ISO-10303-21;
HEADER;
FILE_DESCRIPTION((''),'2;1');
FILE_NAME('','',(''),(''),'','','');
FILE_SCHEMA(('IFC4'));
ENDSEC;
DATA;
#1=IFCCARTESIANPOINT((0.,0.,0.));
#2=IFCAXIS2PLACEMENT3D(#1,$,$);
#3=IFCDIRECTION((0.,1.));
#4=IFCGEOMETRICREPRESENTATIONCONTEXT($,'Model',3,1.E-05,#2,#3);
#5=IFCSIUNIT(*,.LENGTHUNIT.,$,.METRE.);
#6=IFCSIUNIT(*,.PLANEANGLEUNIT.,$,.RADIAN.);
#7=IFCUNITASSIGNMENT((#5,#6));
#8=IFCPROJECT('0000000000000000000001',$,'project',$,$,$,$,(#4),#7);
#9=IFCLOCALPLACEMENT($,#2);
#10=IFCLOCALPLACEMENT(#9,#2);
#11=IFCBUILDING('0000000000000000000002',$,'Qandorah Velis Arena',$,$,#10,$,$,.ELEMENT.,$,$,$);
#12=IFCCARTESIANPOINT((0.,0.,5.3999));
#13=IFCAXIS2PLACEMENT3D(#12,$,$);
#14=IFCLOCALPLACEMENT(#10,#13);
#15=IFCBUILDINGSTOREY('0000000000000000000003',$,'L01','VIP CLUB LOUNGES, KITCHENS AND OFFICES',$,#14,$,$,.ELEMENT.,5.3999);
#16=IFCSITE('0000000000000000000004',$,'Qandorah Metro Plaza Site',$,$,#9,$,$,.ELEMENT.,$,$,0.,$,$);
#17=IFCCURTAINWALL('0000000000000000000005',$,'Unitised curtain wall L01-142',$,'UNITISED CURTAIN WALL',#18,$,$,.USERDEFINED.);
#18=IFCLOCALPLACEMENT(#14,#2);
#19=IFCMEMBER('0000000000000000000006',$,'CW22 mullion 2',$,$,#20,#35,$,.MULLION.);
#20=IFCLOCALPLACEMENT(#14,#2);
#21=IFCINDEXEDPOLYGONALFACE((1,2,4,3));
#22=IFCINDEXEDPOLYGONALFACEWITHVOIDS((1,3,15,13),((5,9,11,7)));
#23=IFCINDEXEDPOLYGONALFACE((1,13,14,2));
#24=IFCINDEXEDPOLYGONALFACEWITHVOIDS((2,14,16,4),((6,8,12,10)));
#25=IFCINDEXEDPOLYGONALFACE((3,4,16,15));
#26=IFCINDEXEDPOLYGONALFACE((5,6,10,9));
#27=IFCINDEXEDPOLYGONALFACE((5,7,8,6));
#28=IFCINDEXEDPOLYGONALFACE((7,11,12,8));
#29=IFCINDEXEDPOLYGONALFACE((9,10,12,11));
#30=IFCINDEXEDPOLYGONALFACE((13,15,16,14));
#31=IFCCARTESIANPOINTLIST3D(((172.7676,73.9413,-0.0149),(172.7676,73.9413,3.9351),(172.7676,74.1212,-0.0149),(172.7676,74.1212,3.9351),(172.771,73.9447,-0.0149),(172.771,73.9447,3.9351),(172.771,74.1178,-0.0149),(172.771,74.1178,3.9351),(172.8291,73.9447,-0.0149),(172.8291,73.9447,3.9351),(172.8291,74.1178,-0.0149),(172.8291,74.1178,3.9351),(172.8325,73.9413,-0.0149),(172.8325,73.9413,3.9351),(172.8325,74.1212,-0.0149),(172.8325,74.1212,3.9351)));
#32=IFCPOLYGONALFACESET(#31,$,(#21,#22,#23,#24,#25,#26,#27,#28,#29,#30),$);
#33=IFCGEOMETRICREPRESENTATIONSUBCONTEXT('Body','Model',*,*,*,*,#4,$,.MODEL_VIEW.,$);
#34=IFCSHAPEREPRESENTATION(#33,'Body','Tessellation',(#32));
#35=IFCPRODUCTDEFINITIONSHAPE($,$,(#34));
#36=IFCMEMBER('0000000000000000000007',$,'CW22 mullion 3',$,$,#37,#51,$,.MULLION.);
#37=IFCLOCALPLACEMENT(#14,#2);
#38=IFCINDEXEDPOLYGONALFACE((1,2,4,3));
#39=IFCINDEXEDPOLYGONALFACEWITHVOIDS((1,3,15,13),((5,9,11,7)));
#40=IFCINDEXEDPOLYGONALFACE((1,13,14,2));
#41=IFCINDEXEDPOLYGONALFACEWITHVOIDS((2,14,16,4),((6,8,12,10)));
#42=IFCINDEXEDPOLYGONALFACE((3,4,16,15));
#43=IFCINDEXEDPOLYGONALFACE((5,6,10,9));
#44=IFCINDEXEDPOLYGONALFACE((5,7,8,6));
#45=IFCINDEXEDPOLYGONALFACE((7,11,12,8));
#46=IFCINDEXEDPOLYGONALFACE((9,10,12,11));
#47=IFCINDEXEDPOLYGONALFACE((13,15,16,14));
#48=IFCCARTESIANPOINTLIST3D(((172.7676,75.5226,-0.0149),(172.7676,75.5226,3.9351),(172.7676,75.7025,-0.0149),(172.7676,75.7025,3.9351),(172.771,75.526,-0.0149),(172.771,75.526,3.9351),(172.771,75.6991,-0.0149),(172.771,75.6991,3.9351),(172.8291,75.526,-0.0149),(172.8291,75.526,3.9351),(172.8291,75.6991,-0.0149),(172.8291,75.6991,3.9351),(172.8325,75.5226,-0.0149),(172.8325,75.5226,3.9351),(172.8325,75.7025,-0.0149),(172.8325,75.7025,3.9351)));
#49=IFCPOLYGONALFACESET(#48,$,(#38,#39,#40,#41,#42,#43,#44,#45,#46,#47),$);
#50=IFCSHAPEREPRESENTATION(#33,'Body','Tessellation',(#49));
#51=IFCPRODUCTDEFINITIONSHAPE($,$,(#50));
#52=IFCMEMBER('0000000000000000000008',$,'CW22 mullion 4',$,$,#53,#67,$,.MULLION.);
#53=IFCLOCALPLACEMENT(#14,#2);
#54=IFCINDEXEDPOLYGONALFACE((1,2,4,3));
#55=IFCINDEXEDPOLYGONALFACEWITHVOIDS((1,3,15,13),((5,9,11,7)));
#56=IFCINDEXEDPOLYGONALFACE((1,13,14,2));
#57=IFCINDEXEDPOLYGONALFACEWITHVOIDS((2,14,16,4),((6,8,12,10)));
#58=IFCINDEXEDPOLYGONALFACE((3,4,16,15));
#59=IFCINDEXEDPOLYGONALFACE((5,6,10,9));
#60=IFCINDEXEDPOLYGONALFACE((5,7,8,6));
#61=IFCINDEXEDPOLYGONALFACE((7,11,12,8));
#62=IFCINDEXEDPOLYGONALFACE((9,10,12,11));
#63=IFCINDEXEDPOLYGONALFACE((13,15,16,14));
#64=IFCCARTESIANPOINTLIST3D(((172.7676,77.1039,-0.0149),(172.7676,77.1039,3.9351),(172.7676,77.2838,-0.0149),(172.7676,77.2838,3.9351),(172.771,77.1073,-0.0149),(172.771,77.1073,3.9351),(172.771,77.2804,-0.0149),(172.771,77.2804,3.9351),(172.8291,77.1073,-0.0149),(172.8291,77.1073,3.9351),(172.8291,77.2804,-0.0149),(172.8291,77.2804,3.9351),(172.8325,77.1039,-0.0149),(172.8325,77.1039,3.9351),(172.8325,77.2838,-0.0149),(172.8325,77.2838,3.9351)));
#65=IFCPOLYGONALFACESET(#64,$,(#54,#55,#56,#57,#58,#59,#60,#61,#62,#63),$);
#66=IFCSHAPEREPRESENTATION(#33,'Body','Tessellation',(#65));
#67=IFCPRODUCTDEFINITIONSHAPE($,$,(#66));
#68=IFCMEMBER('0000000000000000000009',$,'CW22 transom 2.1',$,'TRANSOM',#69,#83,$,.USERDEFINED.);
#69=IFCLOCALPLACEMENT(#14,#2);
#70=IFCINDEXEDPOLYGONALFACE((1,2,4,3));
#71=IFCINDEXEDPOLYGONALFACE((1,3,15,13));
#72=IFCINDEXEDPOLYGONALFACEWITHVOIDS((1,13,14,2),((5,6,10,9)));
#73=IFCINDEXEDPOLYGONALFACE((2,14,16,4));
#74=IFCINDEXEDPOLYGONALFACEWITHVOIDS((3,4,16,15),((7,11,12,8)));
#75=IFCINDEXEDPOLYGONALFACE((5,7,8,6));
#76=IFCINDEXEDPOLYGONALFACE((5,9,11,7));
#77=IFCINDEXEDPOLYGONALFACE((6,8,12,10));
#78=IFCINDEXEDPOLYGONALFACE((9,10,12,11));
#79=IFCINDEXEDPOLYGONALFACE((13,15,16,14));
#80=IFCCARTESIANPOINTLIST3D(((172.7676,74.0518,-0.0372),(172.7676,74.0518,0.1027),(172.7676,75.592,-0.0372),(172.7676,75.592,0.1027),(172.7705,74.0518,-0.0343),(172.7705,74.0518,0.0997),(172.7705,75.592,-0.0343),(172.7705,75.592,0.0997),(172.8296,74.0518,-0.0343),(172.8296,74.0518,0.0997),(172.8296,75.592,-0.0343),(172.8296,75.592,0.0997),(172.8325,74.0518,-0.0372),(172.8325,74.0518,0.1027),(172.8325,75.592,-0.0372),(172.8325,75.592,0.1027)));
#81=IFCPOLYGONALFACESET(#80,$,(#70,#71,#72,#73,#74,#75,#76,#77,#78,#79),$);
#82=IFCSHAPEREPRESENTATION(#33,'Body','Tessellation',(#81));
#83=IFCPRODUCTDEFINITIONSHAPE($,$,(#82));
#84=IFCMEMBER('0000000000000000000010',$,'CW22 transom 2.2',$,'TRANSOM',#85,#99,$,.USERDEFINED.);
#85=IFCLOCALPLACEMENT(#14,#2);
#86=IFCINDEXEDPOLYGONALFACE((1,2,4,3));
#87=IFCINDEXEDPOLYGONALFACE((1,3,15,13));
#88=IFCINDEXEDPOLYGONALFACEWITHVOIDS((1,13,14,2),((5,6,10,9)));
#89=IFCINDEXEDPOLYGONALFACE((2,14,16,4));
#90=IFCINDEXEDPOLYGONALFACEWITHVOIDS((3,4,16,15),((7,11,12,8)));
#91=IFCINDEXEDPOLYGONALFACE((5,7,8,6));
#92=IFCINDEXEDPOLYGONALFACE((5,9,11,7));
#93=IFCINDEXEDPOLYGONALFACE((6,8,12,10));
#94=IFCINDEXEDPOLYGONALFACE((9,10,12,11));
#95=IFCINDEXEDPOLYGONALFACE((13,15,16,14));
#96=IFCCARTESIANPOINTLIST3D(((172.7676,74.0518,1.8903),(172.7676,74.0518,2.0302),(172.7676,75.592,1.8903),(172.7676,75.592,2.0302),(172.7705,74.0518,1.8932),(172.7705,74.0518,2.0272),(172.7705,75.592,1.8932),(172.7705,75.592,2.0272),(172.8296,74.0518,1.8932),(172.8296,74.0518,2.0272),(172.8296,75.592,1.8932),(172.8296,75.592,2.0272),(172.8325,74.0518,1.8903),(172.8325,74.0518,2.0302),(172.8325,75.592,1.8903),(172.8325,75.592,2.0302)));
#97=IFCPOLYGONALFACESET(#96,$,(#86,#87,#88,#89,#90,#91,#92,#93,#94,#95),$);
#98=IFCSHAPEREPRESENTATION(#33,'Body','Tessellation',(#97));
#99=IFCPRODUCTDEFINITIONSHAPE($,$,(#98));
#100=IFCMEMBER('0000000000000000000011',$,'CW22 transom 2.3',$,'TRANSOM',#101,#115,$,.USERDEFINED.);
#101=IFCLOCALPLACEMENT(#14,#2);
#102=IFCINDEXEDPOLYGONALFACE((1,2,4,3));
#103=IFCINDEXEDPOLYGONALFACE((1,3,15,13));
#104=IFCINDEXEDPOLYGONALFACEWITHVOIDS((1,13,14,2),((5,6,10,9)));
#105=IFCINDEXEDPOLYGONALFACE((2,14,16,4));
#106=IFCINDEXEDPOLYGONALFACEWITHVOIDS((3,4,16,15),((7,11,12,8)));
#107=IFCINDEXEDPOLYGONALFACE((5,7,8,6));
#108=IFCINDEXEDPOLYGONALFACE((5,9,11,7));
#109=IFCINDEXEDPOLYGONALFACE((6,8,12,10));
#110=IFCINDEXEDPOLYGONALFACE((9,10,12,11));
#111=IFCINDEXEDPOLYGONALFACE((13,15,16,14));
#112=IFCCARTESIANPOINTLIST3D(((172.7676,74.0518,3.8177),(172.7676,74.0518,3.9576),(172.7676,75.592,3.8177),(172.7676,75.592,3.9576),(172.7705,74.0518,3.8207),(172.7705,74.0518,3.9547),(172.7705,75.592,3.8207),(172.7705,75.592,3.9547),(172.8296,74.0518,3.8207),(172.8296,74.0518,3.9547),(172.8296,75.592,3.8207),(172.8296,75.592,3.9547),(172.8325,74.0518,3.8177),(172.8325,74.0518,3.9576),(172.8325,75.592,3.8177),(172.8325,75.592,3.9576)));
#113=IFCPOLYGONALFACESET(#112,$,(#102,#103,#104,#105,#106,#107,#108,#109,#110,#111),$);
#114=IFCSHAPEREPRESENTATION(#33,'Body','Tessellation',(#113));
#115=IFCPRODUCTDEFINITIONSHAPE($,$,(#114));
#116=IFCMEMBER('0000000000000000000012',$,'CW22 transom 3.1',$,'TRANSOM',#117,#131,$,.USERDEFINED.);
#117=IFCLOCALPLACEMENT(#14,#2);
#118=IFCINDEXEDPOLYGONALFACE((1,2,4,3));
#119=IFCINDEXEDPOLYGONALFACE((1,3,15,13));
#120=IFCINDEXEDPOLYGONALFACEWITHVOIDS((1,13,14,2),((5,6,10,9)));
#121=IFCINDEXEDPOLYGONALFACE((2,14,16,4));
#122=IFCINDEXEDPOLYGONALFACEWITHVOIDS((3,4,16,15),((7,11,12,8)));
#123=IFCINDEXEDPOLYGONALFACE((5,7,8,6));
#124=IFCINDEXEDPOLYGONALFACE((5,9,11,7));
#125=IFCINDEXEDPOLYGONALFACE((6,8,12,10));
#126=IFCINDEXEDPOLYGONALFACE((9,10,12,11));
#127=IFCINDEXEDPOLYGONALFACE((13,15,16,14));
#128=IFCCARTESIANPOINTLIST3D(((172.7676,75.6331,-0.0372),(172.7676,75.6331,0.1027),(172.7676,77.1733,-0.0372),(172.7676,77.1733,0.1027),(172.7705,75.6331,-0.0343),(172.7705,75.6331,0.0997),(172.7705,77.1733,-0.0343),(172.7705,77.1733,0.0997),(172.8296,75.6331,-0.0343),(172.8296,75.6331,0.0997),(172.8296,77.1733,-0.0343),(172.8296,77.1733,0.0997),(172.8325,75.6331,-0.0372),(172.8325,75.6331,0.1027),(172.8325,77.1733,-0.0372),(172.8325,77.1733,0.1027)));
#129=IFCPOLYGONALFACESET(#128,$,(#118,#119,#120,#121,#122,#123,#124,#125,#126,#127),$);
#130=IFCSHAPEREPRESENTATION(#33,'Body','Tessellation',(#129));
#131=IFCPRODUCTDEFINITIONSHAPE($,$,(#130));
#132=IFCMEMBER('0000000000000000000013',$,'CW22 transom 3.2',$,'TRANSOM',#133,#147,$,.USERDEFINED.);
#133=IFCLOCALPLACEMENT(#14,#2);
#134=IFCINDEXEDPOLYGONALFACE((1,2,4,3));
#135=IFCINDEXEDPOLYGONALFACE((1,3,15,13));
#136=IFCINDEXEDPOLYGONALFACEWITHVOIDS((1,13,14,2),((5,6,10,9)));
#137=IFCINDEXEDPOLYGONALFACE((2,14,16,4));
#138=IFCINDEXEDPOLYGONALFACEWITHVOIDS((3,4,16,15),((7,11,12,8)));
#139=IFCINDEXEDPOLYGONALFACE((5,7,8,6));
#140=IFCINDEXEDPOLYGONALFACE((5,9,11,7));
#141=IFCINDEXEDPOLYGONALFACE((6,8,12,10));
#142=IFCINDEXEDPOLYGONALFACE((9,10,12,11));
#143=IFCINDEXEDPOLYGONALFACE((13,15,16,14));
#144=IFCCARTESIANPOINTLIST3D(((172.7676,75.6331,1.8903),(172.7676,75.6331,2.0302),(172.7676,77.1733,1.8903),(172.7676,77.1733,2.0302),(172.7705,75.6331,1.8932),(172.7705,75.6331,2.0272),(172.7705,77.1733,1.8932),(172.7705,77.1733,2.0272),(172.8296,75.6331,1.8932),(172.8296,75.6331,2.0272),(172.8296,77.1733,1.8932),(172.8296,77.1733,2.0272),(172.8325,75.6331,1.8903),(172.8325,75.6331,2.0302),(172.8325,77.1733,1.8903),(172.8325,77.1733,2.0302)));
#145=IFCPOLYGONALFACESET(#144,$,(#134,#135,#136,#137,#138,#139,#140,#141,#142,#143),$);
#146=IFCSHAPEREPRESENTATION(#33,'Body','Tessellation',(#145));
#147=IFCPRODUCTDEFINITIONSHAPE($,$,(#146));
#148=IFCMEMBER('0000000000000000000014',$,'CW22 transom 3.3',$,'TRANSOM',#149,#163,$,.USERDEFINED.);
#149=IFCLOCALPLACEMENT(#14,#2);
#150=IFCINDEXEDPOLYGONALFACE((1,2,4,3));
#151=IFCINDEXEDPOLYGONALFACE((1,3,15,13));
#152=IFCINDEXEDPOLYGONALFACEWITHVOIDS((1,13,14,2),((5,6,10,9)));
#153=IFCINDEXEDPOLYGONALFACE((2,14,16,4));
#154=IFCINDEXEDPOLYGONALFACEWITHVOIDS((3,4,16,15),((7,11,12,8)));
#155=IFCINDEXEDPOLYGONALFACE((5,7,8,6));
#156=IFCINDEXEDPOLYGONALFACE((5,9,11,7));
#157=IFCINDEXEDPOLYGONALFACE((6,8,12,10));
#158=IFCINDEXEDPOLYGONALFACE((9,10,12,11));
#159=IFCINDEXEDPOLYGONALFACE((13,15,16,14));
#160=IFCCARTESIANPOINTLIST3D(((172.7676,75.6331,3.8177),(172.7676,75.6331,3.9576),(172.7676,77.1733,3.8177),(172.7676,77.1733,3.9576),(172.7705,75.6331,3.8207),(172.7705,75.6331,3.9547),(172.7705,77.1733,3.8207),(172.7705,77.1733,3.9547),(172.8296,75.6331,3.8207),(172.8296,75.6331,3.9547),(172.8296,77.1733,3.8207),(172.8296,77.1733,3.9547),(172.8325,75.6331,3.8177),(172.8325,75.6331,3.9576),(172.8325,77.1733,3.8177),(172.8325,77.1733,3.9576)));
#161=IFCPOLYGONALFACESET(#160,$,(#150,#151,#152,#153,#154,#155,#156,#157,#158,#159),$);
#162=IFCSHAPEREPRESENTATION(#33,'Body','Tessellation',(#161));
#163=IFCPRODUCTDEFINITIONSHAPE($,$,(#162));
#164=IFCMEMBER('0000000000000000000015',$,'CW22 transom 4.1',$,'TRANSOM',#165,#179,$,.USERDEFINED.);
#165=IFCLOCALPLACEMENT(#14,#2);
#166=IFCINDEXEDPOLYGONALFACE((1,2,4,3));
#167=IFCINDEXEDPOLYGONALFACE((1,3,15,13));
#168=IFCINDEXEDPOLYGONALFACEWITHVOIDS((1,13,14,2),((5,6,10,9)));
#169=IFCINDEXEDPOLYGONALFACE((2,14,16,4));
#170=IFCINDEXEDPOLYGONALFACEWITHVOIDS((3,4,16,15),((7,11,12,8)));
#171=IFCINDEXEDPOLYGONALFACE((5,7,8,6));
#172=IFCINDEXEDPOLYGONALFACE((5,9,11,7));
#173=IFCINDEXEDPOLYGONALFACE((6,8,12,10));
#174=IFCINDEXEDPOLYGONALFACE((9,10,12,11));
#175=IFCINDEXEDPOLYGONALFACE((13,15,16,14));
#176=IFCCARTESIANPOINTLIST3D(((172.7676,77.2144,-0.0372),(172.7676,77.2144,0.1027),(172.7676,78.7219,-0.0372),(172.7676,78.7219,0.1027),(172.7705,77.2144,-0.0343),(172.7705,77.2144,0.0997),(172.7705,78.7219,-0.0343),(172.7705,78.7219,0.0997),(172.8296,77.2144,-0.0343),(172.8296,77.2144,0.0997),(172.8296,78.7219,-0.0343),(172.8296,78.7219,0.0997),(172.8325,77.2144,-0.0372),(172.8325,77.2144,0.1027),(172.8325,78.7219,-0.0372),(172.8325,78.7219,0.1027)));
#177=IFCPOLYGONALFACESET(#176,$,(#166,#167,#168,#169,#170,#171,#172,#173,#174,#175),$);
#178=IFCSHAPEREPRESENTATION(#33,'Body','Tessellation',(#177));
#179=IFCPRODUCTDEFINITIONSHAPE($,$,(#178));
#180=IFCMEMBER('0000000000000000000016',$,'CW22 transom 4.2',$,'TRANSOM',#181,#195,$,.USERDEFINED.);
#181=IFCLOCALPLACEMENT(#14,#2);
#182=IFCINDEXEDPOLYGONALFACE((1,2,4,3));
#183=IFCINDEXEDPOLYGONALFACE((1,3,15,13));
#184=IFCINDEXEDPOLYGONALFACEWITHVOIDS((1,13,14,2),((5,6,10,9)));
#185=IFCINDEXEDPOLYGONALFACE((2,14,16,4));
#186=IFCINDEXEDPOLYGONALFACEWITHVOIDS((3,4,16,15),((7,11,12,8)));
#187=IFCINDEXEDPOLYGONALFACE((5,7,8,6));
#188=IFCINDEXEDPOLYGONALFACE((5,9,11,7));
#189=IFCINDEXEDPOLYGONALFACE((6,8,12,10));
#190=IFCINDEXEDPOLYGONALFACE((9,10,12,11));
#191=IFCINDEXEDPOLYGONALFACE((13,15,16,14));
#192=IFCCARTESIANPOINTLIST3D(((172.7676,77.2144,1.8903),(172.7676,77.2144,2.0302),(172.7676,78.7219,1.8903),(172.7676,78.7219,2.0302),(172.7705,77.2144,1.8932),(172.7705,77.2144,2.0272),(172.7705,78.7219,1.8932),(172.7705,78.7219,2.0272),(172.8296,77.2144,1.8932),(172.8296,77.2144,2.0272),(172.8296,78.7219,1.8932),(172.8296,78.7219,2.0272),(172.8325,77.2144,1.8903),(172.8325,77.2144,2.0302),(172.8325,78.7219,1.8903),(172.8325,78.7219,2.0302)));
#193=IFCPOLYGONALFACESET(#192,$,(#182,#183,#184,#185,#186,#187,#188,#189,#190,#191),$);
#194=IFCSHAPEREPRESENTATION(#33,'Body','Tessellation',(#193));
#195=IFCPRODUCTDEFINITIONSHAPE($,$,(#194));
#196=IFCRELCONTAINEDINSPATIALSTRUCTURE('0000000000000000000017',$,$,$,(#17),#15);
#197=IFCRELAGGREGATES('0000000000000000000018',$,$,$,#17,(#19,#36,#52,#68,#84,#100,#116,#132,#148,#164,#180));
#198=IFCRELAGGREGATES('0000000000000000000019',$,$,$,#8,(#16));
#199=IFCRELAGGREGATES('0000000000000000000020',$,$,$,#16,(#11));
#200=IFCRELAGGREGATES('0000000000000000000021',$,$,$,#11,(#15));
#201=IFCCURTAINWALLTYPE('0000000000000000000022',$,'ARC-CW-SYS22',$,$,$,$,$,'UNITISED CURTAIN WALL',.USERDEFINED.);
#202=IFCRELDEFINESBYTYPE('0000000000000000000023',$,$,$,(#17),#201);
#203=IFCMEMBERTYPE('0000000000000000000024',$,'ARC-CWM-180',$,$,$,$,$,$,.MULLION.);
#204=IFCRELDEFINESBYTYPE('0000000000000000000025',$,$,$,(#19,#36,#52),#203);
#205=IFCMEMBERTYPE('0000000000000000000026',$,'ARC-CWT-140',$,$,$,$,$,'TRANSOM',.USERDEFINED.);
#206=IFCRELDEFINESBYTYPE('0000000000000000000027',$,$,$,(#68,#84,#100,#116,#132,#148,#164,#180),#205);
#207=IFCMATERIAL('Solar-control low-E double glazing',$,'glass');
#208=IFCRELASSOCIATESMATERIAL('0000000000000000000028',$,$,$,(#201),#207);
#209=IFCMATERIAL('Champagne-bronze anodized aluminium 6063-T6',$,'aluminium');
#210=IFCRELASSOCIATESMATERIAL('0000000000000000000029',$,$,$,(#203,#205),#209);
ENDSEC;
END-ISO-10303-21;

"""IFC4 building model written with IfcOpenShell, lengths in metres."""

from ifc_helpers import new_model, si_unit, direction, frame, origin, origin_2d, place, context, subcontext, project, spatial, hollow_rectangle, extrude, material, material_profile, profile_set, type_object, element, aggregate, save


model = new_model("IFC4")

# Units and contexts
model_context = context("Model", 3, precision=1e-05, world=origin(), true_north=direction((0.0, 1.0)))
body_context = subcontext(model_context, "Body", "Model", "MODEL_VIEW")
ifc_project = project(units=[si_unit("LENGTHUNIT", "METRE"), si_unit("PLANEANGLEUNIT", "RADIAN")], contexts=[model_context])

# Site, building, storey
site_placement = place(None, origin())
site = spatial("IfcSite", under=ifc_project, at=site_placement, Name="Qandorah Metro Plaza Site", CompositionType="ELEMENT", RefElevation=0.0)
building_placement = place(site_placement, origin())
building = spatial("IfcBuilding", under=site, at=building_placement, Name="Qandorah Velis Arena", CompositionType="ELEMENT")
storey_placement = place(building_placement, frame((0.0, 0.0, 5.3999)))
storey = spatial("IfcBuildingStorey", under=building, at=storey_placement, Name="L01", Description="VIP CLUB LOUNGES, KITCHENS AND OFFICES", CompositionType="ELEMENT", Elevation=5.3999)

# Curtain wall, members
ifc_material_1 = material(Name="Solar-control low-E double glazing", Category="glass")
curtain_wall_type = type_object("IfcCurtainWallType", Name="ARC-CW-SYS22", ElementType="UNITISED CURTAIN WALL", PredefinedType="USERDEFINED", material=ifc_material_1)
curtain_wall_placement = place(storey_placement, origin())
curtain_wall = element("IfcCurtainWall", 1, at=curtain_wall_placement, inside=storey, type_object=curtain_wall_type, Name="Unitised curtain wall L01-142", ObjectType="UNITISED CURTAIN WALL", PredefinedType="USERDEFINED")
ifc_material_2 = material(Name="Champagne-bronze anodized aluminium 6063-T6", Category="aluminium")
ifc_material_profile_1 = material_profile(ifc_material_2, hollow_rectangle(XDim=0.0649, YDim=0.1799, WallThickness=0.0034, at=origin_2d()), Name="ALU MULLION 65x180")
ifc_profile_set_1 = profile_set([ifc_material_profile_1], Name="Champagne-bronze anodized aluminium 6063-T6")
member_type_1 = type_object("IfcMemberType", Name="ARC-CWM-180", PredefinedType="MULLION", material=ifc_profile_set_1)
member_1_placement = place(storey_placement, frame((172.8, 74.0312, -0.0149), z_axis=(0.0, 0.0, 1.0), x_axis=(-1.0, 0.0, 0.0)))
member_1 = element("IfcMember", 2, at=member_1_placement, type_object=member_type_1, Name="CW22 mullion 2", PredefinedType="MULLION", context=body_context, shape_type="SweptSolid", body=[
    extrude(hollow_rectangle(XDim=0.0649, YDim=0.1799, WallThickness=0.0034, at=origin_2d()), origin(), (0.0, 0.0, 1.0), 3.95),
])
member_2_placement = place(storey_placement, frame((172.8, 75.6125, -0.0149), z_axis=(0.0, 0.0, 1.0), x_axis=(-1.0, 0.0, 0.0)))
member_2 = element("IfcMember", 3, at=member_2_placement, type_object=member_type_1, Name="CW22 mullion 3", PredefinedType="MULLION", context=body_context, shape_type="SweptSolid", body=[
    extrude(hollow_rectangle(XDim=0.0649, YDim=0.1799, WallThickness=0.0034, at=origin_2d()), origin(), (0.0, 0.0, 1.0), 3.95),
])
member_3_placement = place(storey_placement, frame((172.8, 77.1938, -0.0149), z_axis=(0.0, 0.0, 1.0), x_axis=(-1.0, 0.0, 0.0)))
member_3 = element("IfcMember", 4, at=member_3_placement, type_object=member_type_1, Name="CW22 mullion 4", PredefinedType="MULLION", context=body_context, shape_type="SweptSolid", body=[
    extrude(hollow_rectangle(XDim=0.0649, YDim=0.1799, WallThickness=0.0034, at=origin_2d()), origin(), (0.0, 0.0, 1.0), 3.95),
])
ifc_material_profile_2 = material_profile(ifc_material_2, hollow_rectangle(XDim=0.0649, YDim=0.1399, WallThickness=0.0029, at=origin_2d()), Name="ALU TRANSOM 65x140")
ifc_profile_set_2 = profile_set([ifc_material_profile_2], Name="Champagne-bronze anodized aluminium 6063-T6")
member_type_2 = type_object("IfcMemberType", Name="ARC-CWT-140", ElementType="TRANSOM", PredefinedType="USERDEFINED", material=ifc_profile_set_2)
member_4_placement = place(storey_placement, frame((172.8, 74.0518, 0.0327), z_axis=(0.0, 1.0, 0.0), x_axis=(-1.0, 0.0, 0.0)))
member_4 = element("IfcMember", 5, at=member_4_placement, type_object=member_type_2, Name="CW22 transom 2.1", ObjectType="TRANSOM", PredefinedType="USERDEFINED", context=body_context, shape_type="SweptSolid", body=[
    extrude(hollow_rectangle(XDim=0.0649, YDim=0.1399, WallThickness=0.0029, at=origin_2d()), origin(), (0.0, 0.0, 1.0), 1.5403),
])
member_5_placement = place(storey_placement, frame((172.8, 74.0518, 1.9602), z_axis=(0.0, 1.0, 0.0), x_axis=(-1.0, 0.0, 0.0)))
member_5 = element("IfcMember", 6, at=member_5_placement, type_object=member_type_2, Name="CW22 transom 2.2", ObjectType="TRANSOM", PredefinedType="USERDEFINED", context=body_context, shape_type="SweptSolid", body=[
    extrude(hollow_rectangle(XDim=0.0649, YDim=0.1399, WallThickness=0.0029, at=origin_2d()), origin(), (0.0, 0.0, 1.0), 1.5403),
])
member_6_placement = place(storey_placement, frame((172.8, 74.0518, 3.8877), z_axis=(0.0, 1.0, 0.0), x_axis=(-1.0, 0.0, 0.0)))
member_6 = element("IfcMember", 7, at=member_6_placement, type_object=member_type_2, Name="CW22 transom 2.3", ObjectType="TRANSOM", PredefinedType="USERDEFINED", context=body_context, shape_type="SweptSolid", body=[
    extrude(hollow_rectangle(XDim=0.0649, YDim=0.1399, WallThickness=0.0029, at=origin_2d()), origin(), (0.0, 0.0, 1.0), 1.5403),
])
member_7_placement = place(storey_placement, frame((172.8, 75.6331, 0.0327), z_axis=(0.0, 1.0, 0.0), x_axis=(-1.0, 0.0, 0.0)))
member_7 = element("IfcMember", 8, at=member_7_placement, type_object=member_type_2, Name="CW22 transom 3.1", ObjectType="TRANSOM", PredefinedType="USERDEFINED", context=body_context, shape_type="SweptSolid", body=[
    extrude(hollow_rectangle(XDim=0.0649, YDim=0.1399, WallThickness=0.0029, at=origin_2d()), origin(), (0.0, 0.0, 1.0), 1.5403),
])
member_8_placement = place(storey_placement, frame((172.8, 75.6331, 1.9602), z_axis=(0.0, 1.0, 0.0), x_axis=(-1.0, 0.0, 0.0)))
member_8 = element("IfcMember", 9, at=member_8_placement, type_object=member_type_2, Name="CW22 transom 3.2", ObjectType="TRANSOM", PredefinedType="USERDEFINED", context=body_context, shape_type="SweptSolid", body=[
    extrude(hollow_rectangle(XDim=0.0649, YDim=0.1399, WallThickness=0.0029, at=origin_2d()), origin(), (0.0, 0.0, 1.0), 1.5403),
])
member_9_placement = place(storey_placement, frame((172.8, 75.6331, 3.8877), z_axis=(0.0, 1.0, 0.0), x_axis=(-1.0, 0.0, 0.0)))
member_9 = element("IfcMember", 10, at=member_9_placement, type_object=member_type_2, Name="CW22 transom 3.3", ObjectType="TRANSOM", PredefinedType="USERDEFINED", context=body_context, shape_type="SweptSolid", body=[
    extrude(hollow_rectangle(XDim=0.0649, YDim=0.1399, WallThickness=0.0029, at=origin_2d()), origin(), (0.0, 0.0, 1.0), 1.5403),
])
member_10_placement = place(storey_placement, frame((172.8, 77.2144, 0.0327), z_axis=(0.0, 1.0, 0.0), x_axis=(-1.0, 0.0, 0.0)))
member_10 = element("IfcMember", 11, at=member_10_placement, type_object=member_type_2, Name="CW22 transom 4.1", ObjectType="TRANSOM", PredefinedType="USERDEFINED", context=body_context, shape_type="SweptSolid", body=[
    extrude(hollow_rectangle(XDim=0.0649, YDim=0.1399, WallThickness=0.0029, at=origin_2d()), origin(), (0.0, 0.0, 1.0), 1.5076),
])
member_11_placement = place(storey_placement, frame((172.8, 77.2144, 1.9602), z_axis=(0.0, 1.0, 0.0), x_axis=(-1.0, 0.0, 0.0)))
member_11 = element("IfcMember", 12, at=member_11_placement, type_object=member_type_2, Name="CW22 transom 4.2", ObjectType="TRANSOM", PredefinedType="USERDEFINED", context=body_context, shape_type="SweptSolid", body=[
    extrude(hollow_rectangle(XDim=0.0649, YDim=0.1399, WallThickness=0.0029, at=origin_2d()), origin(), (0.0, 0.0, 1.0), 1.5076),
])
aggregate(curtain_wall, [member_1, member_2, member_3, member_4, member_5, member_6, member_7, member_8, member_9, member_10, member_11])

save(model, "model.ifc")
